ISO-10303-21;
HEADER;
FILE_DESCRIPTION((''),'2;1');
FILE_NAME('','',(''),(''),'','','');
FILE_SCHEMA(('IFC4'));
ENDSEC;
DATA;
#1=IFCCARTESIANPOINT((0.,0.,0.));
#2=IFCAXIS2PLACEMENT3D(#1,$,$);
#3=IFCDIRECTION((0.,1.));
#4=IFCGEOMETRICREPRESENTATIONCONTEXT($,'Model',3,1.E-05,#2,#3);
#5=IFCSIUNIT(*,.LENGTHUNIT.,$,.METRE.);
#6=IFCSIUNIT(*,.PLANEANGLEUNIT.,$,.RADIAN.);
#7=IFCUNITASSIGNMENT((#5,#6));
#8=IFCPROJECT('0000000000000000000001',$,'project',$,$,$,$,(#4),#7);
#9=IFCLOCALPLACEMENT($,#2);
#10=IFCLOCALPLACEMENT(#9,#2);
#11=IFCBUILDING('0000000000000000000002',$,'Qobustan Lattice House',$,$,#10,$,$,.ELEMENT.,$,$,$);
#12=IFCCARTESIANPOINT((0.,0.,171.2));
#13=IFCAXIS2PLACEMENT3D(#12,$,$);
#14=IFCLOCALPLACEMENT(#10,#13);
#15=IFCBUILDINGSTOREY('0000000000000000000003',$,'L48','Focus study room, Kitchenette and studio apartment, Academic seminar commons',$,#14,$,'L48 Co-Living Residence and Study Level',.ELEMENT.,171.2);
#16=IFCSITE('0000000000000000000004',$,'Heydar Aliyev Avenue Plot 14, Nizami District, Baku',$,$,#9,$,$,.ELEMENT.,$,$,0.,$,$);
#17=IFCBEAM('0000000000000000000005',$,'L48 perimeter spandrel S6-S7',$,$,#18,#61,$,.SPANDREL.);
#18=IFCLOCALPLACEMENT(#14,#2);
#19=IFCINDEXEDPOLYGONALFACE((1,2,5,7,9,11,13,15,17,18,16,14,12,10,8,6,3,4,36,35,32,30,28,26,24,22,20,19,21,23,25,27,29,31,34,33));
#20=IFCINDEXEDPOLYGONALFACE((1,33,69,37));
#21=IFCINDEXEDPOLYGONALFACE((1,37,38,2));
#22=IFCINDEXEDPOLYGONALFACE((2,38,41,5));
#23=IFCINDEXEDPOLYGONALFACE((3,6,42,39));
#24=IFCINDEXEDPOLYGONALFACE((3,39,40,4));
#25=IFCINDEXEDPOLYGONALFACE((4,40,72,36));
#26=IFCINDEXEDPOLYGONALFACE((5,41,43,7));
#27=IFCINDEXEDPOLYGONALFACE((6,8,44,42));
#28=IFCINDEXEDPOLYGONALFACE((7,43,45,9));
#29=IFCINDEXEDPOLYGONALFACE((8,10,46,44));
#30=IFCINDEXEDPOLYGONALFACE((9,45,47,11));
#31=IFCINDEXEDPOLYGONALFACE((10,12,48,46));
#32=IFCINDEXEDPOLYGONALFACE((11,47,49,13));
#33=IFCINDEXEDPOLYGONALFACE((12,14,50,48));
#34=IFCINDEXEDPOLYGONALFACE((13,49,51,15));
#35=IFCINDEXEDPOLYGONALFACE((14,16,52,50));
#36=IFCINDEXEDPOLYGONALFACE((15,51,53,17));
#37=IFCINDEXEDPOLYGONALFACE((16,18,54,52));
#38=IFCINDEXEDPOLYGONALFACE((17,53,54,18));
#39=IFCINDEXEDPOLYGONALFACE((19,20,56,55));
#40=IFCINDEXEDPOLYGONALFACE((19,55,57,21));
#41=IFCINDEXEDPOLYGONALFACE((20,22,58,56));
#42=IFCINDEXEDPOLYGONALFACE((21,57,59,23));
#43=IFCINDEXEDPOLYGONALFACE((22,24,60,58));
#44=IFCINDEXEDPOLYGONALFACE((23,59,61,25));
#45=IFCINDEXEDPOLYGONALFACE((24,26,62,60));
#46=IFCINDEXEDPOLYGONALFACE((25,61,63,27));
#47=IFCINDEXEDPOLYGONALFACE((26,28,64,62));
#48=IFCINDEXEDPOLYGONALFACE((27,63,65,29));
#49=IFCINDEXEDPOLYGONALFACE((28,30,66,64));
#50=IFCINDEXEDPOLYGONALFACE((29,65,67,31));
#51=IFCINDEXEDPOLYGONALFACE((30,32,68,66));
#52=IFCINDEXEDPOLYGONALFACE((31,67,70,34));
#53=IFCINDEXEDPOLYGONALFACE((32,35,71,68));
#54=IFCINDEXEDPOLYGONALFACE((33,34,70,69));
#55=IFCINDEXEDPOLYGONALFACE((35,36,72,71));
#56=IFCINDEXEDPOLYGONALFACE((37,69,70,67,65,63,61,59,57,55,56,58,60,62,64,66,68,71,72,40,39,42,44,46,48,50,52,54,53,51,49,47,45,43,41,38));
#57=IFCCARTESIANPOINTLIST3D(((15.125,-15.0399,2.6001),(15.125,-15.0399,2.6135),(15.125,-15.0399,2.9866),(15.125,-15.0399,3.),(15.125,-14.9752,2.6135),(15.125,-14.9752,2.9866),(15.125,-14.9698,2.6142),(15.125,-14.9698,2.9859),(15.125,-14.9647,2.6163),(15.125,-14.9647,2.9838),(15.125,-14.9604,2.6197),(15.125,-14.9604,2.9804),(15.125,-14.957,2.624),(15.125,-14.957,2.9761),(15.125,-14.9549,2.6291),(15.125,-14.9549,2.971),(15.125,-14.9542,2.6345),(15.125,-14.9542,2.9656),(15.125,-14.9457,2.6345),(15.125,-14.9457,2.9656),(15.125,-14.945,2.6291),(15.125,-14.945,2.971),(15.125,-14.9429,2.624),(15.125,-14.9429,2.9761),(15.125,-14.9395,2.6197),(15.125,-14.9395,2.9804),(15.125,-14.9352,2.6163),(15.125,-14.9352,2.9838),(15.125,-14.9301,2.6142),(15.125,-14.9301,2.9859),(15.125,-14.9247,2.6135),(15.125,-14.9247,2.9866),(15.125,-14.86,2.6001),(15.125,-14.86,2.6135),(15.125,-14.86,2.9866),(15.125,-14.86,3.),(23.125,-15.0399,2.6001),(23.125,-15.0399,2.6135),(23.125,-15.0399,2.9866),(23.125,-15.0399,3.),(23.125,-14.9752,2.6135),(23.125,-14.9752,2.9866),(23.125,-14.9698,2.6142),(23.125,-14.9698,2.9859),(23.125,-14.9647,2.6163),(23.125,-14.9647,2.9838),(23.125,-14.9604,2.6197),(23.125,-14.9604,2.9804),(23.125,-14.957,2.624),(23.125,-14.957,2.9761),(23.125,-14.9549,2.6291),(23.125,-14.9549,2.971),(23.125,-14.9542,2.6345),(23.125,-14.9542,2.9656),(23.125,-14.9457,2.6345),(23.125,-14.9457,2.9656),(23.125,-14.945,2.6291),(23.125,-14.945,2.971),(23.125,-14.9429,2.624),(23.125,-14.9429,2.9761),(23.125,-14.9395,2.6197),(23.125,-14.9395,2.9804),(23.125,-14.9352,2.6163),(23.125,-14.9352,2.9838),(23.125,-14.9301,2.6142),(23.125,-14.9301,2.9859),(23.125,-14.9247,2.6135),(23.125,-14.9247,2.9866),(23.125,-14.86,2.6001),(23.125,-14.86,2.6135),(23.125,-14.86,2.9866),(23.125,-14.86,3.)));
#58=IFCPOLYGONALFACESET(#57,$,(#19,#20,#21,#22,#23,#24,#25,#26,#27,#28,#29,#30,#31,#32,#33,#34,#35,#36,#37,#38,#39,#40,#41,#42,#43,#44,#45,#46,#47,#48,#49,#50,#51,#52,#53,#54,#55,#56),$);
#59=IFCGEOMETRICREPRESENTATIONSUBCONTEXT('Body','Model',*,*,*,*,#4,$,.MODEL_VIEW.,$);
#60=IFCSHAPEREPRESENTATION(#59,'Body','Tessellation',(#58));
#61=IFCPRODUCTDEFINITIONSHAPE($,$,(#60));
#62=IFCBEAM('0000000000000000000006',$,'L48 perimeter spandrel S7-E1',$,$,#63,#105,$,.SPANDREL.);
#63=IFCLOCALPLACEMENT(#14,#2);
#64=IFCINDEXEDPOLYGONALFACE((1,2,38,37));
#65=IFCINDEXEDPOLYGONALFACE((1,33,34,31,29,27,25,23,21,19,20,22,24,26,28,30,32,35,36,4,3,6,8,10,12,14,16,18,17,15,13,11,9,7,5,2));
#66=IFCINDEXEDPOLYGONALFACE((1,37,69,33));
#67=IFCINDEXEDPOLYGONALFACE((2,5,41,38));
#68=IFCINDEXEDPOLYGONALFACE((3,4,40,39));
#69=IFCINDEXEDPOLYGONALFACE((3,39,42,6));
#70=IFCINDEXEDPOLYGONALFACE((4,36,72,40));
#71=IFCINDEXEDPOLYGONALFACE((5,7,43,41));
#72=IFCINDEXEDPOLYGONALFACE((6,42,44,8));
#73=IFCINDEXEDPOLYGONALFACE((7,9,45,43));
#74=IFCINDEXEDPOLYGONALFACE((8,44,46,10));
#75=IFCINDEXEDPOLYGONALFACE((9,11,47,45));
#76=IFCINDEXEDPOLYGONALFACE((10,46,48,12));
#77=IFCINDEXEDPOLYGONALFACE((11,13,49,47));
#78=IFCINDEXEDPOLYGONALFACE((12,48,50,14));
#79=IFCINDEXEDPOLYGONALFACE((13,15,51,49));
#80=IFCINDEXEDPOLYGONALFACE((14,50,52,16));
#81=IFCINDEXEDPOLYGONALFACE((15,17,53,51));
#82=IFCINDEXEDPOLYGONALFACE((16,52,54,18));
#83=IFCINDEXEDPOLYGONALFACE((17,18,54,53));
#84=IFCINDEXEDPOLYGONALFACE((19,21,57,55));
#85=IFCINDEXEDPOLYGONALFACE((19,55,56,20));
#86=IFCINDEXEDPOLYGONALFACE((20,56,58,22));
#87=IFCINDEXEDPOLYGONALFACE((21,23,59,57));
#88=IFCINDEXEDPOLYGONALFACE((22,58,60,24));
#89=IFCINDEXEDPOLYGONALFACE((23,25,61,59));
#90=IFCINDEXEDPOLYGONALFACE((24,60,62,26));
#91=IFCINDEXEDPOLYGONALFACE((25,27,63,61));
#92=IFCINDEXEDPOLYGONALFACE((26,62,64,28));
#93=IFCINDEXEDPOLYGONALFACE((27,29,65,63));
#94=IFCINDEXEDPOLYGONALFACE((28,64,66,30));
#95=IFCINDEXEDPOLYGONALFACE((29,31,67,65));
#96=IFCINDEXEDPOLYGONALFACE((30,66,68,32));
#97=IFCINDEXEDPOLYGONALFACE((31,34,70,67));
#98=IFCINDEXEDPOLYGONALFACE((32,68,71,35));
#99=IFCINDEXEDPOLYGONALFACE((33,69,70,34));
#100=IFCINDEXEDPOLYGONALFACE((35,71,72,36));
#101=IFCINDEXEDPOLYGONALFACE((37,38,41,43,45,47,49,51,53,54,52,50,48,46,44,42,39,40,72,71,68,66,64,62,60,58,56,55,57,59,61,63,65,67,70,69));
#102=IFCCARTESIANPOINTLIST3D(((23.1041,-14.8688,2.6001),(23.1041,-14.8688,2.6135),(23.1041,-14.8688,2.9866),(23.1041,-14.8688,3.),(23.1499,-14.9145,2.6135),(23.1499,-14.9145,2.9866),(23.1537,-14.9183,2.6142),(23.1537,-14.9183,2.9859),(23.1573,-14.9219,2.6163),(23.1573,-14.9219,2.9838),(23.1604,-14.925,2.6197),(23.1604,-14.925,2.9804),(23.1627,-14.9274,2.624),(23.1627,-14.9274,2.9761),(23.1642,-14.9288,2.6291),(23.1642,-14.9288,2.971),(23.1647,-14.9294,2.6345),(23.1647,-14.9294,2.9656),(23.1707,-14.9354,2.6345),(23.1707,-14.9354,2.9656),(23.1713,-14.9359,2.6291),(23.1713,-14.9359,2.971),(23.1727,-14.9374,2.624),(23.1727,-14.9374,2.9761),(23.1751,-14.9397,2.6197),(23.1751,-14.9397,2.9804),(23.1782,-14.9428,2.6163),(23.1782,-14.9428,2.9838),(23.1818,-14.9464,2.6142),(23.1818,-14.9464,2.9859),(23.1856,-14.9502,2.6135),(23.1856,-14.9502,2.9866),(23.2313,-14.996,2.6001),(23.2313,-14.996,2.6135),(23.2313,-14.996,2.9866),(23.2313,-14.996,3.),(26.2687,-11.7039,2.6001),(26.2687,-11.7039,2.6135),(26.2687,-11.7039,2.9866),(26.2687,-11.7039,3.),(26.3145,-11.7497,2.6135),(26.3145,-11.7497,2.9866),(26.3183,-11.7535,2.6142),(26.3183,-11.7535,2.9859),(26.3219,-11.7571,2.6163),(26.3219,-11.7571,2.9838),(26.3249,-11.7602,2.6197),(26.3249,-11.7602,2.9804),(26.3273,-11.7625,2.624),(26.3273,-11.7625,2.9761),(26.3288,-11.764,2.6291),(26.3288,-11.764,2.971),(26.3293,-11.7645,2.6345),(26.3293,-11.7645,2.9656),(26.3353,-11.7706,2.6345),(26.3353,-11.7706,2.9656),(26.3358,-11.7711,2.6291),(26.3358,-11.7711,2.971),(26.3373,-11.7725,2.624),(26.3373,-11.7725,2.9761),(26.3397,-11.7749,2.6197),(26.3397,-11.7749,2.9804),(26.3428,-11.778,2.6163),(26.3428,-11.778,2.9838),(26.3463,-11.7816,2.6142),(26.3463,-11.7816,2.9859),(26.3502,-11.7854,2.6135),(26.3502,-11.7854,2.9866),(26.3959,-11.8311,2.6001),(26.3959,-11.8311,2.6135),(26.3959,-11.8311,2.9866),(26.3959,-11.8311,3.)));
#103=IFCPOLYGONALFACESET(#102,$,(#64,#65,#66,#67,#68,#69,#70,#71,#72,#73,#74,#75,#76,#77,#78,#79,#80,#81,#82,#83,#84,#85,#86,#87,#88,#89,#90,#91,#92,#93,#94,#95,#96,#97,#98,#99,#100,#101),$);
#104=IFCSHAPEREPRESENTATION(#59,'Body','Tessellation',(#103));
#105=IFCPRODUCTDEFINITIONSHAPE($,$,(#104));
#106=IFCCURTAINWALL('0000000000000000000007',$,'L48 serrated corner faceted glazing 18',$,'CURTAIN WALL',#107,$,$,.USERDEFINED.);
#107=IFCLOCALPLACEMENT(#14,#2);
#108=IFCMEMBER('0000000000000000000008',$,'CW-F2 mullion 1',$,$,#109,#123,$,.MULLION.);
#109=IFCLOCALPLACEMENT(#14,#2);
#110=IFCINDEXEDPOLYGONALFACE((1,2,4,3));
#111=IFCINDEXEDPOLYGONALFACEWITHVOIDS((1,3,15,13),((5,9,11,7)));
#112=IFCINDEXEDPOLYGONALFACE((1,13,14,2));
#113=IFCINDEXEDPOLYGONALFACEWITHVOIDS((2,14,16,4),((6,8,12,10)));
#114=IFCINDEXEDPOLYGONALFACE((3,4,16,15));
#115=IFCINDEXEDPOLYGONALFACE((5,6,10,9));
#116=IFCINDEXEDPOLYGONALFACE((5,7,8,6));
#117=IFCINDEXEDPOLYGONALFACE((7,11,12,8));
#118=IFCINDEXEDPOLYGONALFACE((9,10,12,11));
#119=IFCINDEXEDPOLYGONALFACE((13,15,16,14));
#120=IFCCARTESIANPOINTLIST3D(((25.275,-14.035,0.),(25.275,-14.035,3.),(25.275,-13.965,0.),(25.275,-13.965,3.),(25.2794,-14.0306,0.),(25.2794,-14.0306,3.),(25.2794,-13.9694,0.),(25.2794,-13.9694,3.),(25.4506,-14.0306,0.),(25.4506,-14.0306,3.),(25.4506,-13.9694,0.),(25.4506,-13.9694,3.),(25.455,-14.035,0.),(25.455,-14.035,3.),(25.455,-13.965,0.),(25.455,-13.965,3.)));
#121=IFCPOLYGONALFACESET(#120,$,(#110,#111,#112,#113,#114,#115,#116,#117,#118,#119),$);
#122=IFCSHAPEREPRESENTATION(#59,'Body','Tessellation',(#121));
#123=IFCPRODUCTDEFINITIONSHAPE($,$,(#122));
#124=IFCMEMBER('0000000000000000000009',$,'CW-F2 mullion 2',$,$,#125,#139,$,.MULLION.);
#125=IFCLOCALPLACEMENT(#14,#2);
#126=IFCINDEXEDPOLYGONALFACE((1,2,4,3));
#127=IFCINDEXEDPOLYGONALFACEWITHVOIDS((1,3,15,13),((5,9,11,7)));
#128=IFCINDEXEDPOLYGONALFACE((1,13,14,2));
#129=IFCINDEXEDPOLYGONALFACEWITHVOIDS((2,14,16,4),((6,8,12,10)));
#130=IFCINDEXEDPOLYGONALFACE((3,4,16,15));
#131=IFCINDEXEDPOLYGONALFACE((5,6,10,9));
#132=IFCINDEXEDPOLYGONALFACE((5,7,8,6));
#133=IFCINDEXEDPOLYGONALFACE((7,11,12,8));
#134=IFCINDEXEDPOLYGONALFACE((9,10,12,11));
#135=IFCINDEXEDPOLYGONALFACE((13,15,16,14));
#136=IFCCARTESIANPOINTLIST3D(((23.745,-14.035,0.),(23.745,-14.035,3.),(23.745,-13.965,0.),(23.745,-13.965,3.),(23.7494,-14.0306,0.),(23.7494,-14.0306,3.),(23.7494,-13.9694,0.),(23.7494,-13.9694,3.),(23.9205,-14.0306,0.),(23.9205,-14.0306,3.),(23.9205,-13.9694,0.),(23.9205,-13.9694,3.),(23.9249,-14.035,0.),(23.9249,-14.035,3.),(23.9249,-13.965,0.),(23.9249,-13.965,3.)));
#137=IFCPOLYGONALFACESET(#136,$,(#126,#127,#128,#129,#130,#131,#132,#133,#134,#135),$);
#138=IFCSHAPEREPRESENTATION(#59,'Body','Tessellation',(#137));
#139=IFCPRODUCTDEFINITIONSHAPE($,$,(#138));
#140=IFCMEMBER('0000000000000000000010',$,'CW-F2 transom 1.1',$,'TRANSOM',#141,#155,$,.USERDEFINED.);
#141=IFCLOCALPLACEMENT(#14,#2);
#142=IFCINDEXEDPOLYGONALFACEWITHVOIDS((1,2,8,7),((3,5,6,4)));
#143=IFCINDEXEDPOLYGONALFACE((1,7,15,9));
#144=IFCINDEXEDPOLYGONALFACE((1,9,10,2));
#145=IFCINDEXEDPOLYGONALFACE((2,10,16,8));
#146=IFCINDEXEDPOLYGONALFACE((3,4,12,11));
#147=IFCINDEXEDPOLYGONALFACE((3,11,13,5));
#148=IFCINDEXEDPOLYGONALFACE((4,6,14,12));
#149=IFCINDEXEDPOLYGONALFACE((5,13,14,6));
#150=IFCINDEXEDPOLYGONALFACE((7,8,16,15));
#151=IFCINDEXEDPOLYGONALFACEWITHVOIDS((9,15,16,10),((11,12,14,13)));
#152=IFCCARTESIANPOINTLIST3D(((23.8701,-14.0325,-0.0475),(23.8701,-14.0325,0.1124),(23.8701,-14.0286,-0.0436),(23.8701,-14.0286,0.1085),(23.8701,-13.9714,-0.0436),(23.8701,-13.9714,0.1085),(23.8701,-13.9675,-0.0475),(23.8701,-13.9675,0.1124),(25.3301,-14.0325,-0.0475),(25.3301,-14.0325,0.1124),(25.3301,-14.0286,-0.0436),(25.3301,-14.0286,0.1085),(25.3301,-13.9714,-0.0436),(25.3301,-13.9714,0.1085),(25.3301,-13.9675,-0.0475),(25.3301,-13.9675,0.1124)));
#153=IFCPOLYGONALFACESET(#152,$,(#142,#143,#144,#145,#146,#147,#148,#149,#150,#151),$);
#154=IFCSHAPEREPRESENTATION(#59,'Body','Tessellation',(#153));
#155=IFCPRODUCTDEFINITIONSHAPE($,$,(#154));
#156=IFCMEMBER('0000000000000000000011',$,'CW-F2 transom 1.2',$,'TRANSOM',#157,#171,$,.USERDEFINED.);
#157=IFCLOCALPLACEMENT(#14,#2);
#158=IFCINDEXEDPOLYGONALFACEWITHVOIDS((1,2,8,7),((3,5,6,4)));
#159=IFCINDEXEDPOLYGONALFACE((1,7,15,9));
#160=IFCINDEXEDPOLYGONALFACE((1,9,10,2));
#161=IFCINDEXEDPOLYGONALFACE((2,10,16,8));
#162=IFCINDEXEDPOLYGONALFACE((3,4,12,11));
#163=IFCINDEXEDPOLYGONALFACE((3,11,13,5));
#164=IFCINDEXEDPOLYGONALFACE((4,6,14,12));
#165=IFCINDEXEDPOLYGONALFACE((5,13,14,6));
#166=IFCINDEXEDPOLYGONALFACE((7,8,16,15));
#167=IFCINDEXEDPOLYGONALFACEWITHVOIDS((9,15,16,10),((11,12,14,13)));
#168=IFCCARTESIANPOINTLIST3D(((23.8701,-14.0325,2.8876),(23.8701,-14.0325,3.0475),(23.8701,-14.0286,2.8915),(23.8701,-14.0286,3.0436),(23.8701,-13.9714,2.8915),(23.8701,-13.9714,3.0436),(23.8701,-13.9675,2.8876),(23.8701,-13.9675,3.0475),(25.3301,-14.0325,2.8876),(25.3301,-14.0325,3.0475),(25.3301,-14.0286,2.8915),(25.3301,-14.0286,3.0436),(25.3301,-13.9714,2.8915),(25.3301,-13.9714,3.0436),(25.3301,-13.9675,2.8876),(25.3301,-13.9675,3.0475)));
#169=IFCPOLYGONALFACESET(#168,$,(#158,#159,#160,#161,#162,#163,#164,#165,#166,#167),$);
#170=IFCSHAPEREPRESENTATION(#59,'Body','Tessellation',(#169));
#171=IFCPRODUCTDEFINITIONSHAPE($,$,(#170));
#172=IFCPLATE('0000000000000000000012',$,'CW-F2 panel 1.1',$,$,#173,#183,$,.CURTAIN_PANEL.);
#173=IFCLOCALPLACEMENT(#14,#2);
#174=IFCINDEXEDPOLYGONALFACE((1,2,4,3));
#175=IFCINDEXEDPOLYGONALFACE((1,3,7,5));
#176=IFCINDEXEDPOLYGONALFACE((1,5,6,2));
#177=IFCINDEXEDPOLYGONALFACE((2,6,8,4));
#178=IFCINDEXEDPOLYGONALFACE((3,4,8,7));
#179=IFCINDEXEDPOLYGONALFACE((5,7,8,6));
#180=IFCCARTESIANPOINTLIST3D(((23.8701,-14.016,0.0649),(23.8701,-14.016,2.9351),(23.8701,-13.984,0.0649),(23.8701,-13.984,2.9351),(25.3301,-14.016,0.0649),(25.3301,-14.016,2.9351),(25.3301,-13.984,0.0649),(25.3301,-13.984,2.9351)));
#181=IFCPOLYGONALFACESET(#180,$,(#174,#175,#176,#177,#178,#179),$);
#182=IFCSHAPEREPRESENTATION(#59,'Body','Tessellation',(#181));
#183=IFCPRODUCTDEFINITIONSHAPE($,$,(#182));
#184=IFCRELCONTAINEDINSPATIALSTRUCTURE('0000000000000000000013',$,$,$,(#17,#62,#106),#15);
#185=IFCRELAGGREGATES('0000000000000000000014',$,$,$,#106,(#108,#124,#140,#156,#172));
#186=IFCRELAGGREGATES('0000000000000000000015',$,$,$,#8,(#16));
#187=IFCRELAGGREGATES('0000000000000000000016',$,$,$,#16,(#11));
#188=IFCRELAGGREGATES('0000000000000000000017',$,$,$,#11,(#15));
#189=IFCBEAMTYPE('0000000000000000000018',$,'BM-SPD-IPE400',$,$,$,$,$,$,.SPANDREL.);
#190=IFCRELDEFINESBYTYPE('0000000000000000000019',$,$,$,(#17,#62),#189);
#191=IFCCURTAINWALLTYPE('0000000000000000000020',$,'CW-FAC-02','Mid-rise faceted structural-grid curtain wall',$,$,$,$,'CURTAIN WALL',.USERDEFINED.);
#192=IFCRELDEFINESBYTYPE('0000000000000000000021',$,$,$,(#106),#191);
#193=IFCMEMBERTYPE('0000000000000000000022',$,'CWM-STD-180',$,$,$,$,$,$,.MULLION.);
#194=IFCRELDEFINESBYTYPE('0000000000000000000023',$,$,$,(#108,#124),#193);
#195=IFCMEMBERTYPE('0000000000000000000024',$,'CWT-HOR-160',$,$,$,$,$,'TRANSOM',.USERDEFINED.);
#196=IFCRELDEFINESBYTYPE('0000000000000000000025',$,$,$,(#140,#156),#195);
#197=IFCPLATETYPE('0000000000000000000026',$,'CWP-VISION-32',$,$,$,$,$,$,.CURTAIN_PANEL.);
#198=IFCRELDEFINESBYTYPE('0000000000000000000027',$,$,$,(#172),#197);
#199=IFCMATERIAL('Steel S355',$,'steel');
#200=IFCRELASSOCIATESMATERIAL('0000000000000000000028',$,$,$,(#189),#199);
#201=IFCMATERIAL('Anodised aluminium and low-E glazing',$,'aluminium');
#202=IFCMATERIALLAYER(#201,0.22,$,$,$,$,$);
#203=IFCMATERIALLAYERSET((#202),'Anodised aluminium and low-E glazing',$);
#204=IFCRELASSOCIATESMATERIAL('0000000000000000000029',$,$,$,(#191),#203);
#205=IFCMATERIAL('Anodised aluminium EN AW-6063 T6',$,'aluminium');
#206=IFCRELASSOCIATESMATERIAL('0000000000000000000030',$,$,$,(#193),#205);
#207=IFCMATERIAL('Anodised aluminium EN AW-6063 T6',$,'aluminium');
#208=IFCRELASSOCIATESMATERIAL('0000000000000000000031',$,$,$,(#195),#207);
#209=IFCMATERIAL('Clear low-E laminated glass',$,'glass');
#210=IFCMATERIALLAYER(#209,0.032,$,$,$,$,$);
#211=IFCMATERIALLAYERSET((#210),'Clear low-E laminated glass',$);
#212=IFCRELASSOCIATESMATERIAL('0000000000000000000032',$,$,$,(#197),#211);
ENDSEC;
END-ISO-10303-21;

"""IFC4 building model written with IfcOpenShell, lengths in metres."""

from ifc_helpers import new_model, si_unit, direction, frame, origin, origin_2d, place, context, subcontext, project, spatial, rectangle, hollow_rectangle, i_section, extrude, material, layer, layer_set, material_profile, profile_set, type_object, element, aggregate, save


model = new_model("IFC4")

# Units and contexts
model_context = context("Model", 3, precision=1e-05, world=origin(), true_north=direction((0.0, 1.0)))
body_context = subcontext(model_context, "Body", "Model", "MODEL_VIEW")
ifc_project = project(units=[si_unit("LENGTHUNIT", "METRE"), si_unit("PLANEANGLEUNIT", "RADIAN")], contexts=[model_context])

# Site, building, storey
site_placement = place(None, origin())
site = spatial("IfcSite", under=ifc_project, at=site_placement, Name="Heydar Aliyev Avenue Plot 14, Nizami District, Baku", CompositionType="ELEMENT", RefElevation=0.0)
building_placement = place(site_placement, origin())
building = spatial("IfcBuilding", under=site, at=building_placement, Name="Qobustan Lattice House", CompositionType="ELEMENT")
storey_placement = place(building_placement, frame((0.0, 0.0, 171.2)))
storey = spatial("IfcBuildingStorey", under=building, at=storey_placement, Name="L48", Description="Focus study room, Kitchenette and studio apartment, Academic seminar commons", LongName="L48 Co-Living Residence and Study Level", CompositionType="ELEMENT", Elevation=171.2)

# Beams
ifc_material_1 = material(Name="Steel S355", Category="steel")
ifc_material_profile_1 = material_profile(ifc_material_1, i_section(OverallWidth=0.1799, OverallDepth=0.3999, WebThickness=0.0085, FlangeThickness=0.0134, FilletRadius=0.021, at=origin_2d()), Name="IPE400")
ifc_profile_set_1 = profile_set([ifc_material_profile_1], Name="Steel S355")
beam_type_1 = type_object("IfcBeamType", Name="BM-SPD-IPE400", PredefinedType="SPANDREL", material=ifc_profile_set_1)
beam_1_placement = place(storey_placement, frame((15.125, -14.95, 2.8), z_axis=(1.0, 0.0, 0.0), x_axis=(0.0, 1.0, 0.0)))
element("IfcBeam", 1, at=beam_1_placement, inside=storey, type_object=beam_type_1, Name="L48 perimeter spandrel S6-S7", PredefinedType="SPANDREL", context=body_context, shape_type="SweptSolid", body=[
    extrude(i_section(OverallWidth=0.1799, OverallDepth=0.3999, WebThickness=0.0085, FlangeThickness=0.0134, FilletRadius=0.021, at=origin_2d()), origin(), (0.0, 0.0, 1.0), 8.0),
])
beam_2_placement = place(storey_placement, frame((23.1677, -14.9324, 2.8), z_axis=(0.70708, 0.707134, 0.0), x_axis=(-0.707134, 0.70708, 0.0)))
element("IfcBeam", 2, at=beam_2_placement, inside=storey, type_object=beam_type_1, Name="L48 perimeter spandrel S7-E1", PredefinedType="SPANDREL", context=body_context, shape_type="SweptSolid", body=[
    extrude(i_section(OverallWidth=0.1799, OverallDepth=0.3999, WebThickness=0.0085, FlangeThickness=0.0134, FilletRadius=0.021, at=origin_2d()), origin(), (0.0, 0.0, 1.0), 4.4756),
])

# Curtain wall, members, plate
ifc_material_2 = material(Name="Anodised aluminium and low-E glazing", Category="aluminium")
ifc_layer_1 = layer(ifc_material_2, 0.22)
ifc_layer_set_1 = layer_set([ifc_layer_1], Name="Anodised aluminium and low-E glazing")
curtain_wall_type = type_object("IfcCurtainWallType", Name="CW-FAC-02", Description="Mid-rise faceted structural-grid curtain wall", ElementType="CURTAIN WALL", PredefinedType="USERDEFINED", material=ifc_layer_set_1)
curtain_wall_placement = place(storey_placement, origin())
curtain_wall = element("IfcCurtainWall", 3, at=curtain_wall_placement, inside=storey, type_object=curtain_wall_type, Name="L48 serrated corner faceted glazing 18", ObjectType="CURTAIN WALL", PredefinedType="USERDEFINED")
ifc_material_3 = material(Name="Anodised aluminium EN AW-6063 T6", Category="aluminium")
ifc_material_profile_2 = material_profile(ifc_material_3, hollow_rectangle(XDim=0.0701, YDim=0.1799, WallThickness=0.0044, at=origin_2d()), Name="CWM-180x70")
ifc_profile_set_2 = profile_set([ifc_material_profile_2], Name="Anodised aluminium EN AW-6063 T6")
member_type_1 = type_object("IfcMemberType", Name="CWM-STD-180", PredefinedType="MULLION", material=ifc_profile_set_2)
member_1_placement = place(storey_placement, frame((25.365, -14.0, 0.0), z_axis=(0.0, 0.0, 1.0), x_axis=(0.0, -1.0, 0.0)))
member_1 = element("IfcMember", 4, at=member_1_placement, type_object=member_type_1, Name="CW-F2 mullion 1", PredefinedType="MULLION", context=body_context, shape_type="SweptSolid", body=[
    extrude(hollow_rectangle(XDim=0.0701, YDim=0.1799, WallThickness=0.0044, at=origin_2d()), origin(), (0.0, 0.0, 1.0), 3.0),
])
member_2_placement = place(storey_placement, frame((23.835, -14.0, 0.0), z_axis=(0.0, 0.0, 1.0), x_axis=(0.0, -1.0, 0.0)))
member_2 = element("IfcMember", 5, at=member_2_placement, type_object=member_type_1, Name="CW-F2 mullion 2", PredefinedType="MULLION", context=body_context, shape_type="SweptSolid", body=[
    extrude(hollow_rectangle(XDim=0.0701, YDim=0.1799, WallThickness=0.0044, at=origin_2d()), origin(), (0.0, 0.0, 1.0), 3.0),
])
ifc_material_4 = material(Name="Anodised aluminium EN AW-6063 T6", Category="aluminium")
ifc_material_profile_3 = material_profile(ifc_material_4, hollow_rectangle(XDim=0.0649, YDim=0.1599, WallThickness=0.0039, at=origin_2d()), Name="CWT-160x65")
ifc_profile_set_3 = profile_set([ifc_material_profile_3], Name="Anodised aluminium EN AW-6063 T6")
member_type_2 = type_object("IfcMemberType", Name="CWT-HOR-160", ElementType="TRANSOM", PredefinedType="USERDEFINED", material=ifc_profile_set_3)
member_3_placement = place(storey_placement, frame((25.3301, -14.0, 0.0325), z_axis=(-1.0, 0.0, 0.0), x_axis=(0.0, -1.0, 0.0)))
member_3 = element("IfcMember", 6, at=member_3_placement, type_object=member_type_2, Name="CW-F2 transom 1.1", ObjectType="TRANSOM", PredefinedType="USERDEFINED", context=body_context, shape_type="SweptSolid", body=[
    extrude(hollow_rectangle(XDim=0.0649, YDim=0.1599, WallThickness=0.0039, at=origin_2d()), origin(), (0.0, 0.0, 1.0), 1.46),
])
member_4_placement = place(storey_placement, frame((25.3301, -14.0, 2.9675), z_axis=(-1.0, 0.0, 0.0), x_axis=(0.0, -1.0, 0.0)))
member_4 = element("IfcMember", 7, at=member_4_placement, type_object=member_type_2, Name="CW-F2 transom 1.2", ObjectType="TRANSOM", PredefinedType="USERDEFINED", context=body_context, shape_type="SweptSolid", body=[
    extrude(hollow_rectangle(XDim=0.0649, YDim=0.1599, WallThickness=0.0039, at=origin_2d()), origin(), (0.0, 0.0, 1.0), 1.46),
])
ifc_material_5 = material(Name="Clear low-E laminated glass", Category="glass")
ifc_layer_2 = layer(ifc_material_5, 0.032)
ifc_layer_set_2 = layer_set([ifc_layer_2], Name="Clear low-E laminated glass")
plate_type_1 = type_object("IfcPlateType", Name="CWP-VISION-32", PredefinedType="CURTAIN_PANEL", material=ifc_layer_set_2)
plate_1_placement = place(storey_placement, frame((24.6001, -14.0, 0.0649), z_axis=(0.0, 0.0, 1.0), x_axis=(-1.0, 0.0, 0.0)))
plate_1 = element("IfcPlate", 8, at=plate_1_placement, type_object=plate_type_1, Name="CW-F2 panel 1.1", PredefinedType="CURTAIN_PANEL", context=body_context, shape_type="SweptSolid", body=[
    extrude(rectangle(XDim=1.46, YDim=0.032, at=origin_2d()), origin(), (0.0, 0.0, 1.0), 2.8701),
])
aggregate(curtain_wall, [member_1, member_2, member_3, member_4, plate_1])

save(model, "model.ifc")
